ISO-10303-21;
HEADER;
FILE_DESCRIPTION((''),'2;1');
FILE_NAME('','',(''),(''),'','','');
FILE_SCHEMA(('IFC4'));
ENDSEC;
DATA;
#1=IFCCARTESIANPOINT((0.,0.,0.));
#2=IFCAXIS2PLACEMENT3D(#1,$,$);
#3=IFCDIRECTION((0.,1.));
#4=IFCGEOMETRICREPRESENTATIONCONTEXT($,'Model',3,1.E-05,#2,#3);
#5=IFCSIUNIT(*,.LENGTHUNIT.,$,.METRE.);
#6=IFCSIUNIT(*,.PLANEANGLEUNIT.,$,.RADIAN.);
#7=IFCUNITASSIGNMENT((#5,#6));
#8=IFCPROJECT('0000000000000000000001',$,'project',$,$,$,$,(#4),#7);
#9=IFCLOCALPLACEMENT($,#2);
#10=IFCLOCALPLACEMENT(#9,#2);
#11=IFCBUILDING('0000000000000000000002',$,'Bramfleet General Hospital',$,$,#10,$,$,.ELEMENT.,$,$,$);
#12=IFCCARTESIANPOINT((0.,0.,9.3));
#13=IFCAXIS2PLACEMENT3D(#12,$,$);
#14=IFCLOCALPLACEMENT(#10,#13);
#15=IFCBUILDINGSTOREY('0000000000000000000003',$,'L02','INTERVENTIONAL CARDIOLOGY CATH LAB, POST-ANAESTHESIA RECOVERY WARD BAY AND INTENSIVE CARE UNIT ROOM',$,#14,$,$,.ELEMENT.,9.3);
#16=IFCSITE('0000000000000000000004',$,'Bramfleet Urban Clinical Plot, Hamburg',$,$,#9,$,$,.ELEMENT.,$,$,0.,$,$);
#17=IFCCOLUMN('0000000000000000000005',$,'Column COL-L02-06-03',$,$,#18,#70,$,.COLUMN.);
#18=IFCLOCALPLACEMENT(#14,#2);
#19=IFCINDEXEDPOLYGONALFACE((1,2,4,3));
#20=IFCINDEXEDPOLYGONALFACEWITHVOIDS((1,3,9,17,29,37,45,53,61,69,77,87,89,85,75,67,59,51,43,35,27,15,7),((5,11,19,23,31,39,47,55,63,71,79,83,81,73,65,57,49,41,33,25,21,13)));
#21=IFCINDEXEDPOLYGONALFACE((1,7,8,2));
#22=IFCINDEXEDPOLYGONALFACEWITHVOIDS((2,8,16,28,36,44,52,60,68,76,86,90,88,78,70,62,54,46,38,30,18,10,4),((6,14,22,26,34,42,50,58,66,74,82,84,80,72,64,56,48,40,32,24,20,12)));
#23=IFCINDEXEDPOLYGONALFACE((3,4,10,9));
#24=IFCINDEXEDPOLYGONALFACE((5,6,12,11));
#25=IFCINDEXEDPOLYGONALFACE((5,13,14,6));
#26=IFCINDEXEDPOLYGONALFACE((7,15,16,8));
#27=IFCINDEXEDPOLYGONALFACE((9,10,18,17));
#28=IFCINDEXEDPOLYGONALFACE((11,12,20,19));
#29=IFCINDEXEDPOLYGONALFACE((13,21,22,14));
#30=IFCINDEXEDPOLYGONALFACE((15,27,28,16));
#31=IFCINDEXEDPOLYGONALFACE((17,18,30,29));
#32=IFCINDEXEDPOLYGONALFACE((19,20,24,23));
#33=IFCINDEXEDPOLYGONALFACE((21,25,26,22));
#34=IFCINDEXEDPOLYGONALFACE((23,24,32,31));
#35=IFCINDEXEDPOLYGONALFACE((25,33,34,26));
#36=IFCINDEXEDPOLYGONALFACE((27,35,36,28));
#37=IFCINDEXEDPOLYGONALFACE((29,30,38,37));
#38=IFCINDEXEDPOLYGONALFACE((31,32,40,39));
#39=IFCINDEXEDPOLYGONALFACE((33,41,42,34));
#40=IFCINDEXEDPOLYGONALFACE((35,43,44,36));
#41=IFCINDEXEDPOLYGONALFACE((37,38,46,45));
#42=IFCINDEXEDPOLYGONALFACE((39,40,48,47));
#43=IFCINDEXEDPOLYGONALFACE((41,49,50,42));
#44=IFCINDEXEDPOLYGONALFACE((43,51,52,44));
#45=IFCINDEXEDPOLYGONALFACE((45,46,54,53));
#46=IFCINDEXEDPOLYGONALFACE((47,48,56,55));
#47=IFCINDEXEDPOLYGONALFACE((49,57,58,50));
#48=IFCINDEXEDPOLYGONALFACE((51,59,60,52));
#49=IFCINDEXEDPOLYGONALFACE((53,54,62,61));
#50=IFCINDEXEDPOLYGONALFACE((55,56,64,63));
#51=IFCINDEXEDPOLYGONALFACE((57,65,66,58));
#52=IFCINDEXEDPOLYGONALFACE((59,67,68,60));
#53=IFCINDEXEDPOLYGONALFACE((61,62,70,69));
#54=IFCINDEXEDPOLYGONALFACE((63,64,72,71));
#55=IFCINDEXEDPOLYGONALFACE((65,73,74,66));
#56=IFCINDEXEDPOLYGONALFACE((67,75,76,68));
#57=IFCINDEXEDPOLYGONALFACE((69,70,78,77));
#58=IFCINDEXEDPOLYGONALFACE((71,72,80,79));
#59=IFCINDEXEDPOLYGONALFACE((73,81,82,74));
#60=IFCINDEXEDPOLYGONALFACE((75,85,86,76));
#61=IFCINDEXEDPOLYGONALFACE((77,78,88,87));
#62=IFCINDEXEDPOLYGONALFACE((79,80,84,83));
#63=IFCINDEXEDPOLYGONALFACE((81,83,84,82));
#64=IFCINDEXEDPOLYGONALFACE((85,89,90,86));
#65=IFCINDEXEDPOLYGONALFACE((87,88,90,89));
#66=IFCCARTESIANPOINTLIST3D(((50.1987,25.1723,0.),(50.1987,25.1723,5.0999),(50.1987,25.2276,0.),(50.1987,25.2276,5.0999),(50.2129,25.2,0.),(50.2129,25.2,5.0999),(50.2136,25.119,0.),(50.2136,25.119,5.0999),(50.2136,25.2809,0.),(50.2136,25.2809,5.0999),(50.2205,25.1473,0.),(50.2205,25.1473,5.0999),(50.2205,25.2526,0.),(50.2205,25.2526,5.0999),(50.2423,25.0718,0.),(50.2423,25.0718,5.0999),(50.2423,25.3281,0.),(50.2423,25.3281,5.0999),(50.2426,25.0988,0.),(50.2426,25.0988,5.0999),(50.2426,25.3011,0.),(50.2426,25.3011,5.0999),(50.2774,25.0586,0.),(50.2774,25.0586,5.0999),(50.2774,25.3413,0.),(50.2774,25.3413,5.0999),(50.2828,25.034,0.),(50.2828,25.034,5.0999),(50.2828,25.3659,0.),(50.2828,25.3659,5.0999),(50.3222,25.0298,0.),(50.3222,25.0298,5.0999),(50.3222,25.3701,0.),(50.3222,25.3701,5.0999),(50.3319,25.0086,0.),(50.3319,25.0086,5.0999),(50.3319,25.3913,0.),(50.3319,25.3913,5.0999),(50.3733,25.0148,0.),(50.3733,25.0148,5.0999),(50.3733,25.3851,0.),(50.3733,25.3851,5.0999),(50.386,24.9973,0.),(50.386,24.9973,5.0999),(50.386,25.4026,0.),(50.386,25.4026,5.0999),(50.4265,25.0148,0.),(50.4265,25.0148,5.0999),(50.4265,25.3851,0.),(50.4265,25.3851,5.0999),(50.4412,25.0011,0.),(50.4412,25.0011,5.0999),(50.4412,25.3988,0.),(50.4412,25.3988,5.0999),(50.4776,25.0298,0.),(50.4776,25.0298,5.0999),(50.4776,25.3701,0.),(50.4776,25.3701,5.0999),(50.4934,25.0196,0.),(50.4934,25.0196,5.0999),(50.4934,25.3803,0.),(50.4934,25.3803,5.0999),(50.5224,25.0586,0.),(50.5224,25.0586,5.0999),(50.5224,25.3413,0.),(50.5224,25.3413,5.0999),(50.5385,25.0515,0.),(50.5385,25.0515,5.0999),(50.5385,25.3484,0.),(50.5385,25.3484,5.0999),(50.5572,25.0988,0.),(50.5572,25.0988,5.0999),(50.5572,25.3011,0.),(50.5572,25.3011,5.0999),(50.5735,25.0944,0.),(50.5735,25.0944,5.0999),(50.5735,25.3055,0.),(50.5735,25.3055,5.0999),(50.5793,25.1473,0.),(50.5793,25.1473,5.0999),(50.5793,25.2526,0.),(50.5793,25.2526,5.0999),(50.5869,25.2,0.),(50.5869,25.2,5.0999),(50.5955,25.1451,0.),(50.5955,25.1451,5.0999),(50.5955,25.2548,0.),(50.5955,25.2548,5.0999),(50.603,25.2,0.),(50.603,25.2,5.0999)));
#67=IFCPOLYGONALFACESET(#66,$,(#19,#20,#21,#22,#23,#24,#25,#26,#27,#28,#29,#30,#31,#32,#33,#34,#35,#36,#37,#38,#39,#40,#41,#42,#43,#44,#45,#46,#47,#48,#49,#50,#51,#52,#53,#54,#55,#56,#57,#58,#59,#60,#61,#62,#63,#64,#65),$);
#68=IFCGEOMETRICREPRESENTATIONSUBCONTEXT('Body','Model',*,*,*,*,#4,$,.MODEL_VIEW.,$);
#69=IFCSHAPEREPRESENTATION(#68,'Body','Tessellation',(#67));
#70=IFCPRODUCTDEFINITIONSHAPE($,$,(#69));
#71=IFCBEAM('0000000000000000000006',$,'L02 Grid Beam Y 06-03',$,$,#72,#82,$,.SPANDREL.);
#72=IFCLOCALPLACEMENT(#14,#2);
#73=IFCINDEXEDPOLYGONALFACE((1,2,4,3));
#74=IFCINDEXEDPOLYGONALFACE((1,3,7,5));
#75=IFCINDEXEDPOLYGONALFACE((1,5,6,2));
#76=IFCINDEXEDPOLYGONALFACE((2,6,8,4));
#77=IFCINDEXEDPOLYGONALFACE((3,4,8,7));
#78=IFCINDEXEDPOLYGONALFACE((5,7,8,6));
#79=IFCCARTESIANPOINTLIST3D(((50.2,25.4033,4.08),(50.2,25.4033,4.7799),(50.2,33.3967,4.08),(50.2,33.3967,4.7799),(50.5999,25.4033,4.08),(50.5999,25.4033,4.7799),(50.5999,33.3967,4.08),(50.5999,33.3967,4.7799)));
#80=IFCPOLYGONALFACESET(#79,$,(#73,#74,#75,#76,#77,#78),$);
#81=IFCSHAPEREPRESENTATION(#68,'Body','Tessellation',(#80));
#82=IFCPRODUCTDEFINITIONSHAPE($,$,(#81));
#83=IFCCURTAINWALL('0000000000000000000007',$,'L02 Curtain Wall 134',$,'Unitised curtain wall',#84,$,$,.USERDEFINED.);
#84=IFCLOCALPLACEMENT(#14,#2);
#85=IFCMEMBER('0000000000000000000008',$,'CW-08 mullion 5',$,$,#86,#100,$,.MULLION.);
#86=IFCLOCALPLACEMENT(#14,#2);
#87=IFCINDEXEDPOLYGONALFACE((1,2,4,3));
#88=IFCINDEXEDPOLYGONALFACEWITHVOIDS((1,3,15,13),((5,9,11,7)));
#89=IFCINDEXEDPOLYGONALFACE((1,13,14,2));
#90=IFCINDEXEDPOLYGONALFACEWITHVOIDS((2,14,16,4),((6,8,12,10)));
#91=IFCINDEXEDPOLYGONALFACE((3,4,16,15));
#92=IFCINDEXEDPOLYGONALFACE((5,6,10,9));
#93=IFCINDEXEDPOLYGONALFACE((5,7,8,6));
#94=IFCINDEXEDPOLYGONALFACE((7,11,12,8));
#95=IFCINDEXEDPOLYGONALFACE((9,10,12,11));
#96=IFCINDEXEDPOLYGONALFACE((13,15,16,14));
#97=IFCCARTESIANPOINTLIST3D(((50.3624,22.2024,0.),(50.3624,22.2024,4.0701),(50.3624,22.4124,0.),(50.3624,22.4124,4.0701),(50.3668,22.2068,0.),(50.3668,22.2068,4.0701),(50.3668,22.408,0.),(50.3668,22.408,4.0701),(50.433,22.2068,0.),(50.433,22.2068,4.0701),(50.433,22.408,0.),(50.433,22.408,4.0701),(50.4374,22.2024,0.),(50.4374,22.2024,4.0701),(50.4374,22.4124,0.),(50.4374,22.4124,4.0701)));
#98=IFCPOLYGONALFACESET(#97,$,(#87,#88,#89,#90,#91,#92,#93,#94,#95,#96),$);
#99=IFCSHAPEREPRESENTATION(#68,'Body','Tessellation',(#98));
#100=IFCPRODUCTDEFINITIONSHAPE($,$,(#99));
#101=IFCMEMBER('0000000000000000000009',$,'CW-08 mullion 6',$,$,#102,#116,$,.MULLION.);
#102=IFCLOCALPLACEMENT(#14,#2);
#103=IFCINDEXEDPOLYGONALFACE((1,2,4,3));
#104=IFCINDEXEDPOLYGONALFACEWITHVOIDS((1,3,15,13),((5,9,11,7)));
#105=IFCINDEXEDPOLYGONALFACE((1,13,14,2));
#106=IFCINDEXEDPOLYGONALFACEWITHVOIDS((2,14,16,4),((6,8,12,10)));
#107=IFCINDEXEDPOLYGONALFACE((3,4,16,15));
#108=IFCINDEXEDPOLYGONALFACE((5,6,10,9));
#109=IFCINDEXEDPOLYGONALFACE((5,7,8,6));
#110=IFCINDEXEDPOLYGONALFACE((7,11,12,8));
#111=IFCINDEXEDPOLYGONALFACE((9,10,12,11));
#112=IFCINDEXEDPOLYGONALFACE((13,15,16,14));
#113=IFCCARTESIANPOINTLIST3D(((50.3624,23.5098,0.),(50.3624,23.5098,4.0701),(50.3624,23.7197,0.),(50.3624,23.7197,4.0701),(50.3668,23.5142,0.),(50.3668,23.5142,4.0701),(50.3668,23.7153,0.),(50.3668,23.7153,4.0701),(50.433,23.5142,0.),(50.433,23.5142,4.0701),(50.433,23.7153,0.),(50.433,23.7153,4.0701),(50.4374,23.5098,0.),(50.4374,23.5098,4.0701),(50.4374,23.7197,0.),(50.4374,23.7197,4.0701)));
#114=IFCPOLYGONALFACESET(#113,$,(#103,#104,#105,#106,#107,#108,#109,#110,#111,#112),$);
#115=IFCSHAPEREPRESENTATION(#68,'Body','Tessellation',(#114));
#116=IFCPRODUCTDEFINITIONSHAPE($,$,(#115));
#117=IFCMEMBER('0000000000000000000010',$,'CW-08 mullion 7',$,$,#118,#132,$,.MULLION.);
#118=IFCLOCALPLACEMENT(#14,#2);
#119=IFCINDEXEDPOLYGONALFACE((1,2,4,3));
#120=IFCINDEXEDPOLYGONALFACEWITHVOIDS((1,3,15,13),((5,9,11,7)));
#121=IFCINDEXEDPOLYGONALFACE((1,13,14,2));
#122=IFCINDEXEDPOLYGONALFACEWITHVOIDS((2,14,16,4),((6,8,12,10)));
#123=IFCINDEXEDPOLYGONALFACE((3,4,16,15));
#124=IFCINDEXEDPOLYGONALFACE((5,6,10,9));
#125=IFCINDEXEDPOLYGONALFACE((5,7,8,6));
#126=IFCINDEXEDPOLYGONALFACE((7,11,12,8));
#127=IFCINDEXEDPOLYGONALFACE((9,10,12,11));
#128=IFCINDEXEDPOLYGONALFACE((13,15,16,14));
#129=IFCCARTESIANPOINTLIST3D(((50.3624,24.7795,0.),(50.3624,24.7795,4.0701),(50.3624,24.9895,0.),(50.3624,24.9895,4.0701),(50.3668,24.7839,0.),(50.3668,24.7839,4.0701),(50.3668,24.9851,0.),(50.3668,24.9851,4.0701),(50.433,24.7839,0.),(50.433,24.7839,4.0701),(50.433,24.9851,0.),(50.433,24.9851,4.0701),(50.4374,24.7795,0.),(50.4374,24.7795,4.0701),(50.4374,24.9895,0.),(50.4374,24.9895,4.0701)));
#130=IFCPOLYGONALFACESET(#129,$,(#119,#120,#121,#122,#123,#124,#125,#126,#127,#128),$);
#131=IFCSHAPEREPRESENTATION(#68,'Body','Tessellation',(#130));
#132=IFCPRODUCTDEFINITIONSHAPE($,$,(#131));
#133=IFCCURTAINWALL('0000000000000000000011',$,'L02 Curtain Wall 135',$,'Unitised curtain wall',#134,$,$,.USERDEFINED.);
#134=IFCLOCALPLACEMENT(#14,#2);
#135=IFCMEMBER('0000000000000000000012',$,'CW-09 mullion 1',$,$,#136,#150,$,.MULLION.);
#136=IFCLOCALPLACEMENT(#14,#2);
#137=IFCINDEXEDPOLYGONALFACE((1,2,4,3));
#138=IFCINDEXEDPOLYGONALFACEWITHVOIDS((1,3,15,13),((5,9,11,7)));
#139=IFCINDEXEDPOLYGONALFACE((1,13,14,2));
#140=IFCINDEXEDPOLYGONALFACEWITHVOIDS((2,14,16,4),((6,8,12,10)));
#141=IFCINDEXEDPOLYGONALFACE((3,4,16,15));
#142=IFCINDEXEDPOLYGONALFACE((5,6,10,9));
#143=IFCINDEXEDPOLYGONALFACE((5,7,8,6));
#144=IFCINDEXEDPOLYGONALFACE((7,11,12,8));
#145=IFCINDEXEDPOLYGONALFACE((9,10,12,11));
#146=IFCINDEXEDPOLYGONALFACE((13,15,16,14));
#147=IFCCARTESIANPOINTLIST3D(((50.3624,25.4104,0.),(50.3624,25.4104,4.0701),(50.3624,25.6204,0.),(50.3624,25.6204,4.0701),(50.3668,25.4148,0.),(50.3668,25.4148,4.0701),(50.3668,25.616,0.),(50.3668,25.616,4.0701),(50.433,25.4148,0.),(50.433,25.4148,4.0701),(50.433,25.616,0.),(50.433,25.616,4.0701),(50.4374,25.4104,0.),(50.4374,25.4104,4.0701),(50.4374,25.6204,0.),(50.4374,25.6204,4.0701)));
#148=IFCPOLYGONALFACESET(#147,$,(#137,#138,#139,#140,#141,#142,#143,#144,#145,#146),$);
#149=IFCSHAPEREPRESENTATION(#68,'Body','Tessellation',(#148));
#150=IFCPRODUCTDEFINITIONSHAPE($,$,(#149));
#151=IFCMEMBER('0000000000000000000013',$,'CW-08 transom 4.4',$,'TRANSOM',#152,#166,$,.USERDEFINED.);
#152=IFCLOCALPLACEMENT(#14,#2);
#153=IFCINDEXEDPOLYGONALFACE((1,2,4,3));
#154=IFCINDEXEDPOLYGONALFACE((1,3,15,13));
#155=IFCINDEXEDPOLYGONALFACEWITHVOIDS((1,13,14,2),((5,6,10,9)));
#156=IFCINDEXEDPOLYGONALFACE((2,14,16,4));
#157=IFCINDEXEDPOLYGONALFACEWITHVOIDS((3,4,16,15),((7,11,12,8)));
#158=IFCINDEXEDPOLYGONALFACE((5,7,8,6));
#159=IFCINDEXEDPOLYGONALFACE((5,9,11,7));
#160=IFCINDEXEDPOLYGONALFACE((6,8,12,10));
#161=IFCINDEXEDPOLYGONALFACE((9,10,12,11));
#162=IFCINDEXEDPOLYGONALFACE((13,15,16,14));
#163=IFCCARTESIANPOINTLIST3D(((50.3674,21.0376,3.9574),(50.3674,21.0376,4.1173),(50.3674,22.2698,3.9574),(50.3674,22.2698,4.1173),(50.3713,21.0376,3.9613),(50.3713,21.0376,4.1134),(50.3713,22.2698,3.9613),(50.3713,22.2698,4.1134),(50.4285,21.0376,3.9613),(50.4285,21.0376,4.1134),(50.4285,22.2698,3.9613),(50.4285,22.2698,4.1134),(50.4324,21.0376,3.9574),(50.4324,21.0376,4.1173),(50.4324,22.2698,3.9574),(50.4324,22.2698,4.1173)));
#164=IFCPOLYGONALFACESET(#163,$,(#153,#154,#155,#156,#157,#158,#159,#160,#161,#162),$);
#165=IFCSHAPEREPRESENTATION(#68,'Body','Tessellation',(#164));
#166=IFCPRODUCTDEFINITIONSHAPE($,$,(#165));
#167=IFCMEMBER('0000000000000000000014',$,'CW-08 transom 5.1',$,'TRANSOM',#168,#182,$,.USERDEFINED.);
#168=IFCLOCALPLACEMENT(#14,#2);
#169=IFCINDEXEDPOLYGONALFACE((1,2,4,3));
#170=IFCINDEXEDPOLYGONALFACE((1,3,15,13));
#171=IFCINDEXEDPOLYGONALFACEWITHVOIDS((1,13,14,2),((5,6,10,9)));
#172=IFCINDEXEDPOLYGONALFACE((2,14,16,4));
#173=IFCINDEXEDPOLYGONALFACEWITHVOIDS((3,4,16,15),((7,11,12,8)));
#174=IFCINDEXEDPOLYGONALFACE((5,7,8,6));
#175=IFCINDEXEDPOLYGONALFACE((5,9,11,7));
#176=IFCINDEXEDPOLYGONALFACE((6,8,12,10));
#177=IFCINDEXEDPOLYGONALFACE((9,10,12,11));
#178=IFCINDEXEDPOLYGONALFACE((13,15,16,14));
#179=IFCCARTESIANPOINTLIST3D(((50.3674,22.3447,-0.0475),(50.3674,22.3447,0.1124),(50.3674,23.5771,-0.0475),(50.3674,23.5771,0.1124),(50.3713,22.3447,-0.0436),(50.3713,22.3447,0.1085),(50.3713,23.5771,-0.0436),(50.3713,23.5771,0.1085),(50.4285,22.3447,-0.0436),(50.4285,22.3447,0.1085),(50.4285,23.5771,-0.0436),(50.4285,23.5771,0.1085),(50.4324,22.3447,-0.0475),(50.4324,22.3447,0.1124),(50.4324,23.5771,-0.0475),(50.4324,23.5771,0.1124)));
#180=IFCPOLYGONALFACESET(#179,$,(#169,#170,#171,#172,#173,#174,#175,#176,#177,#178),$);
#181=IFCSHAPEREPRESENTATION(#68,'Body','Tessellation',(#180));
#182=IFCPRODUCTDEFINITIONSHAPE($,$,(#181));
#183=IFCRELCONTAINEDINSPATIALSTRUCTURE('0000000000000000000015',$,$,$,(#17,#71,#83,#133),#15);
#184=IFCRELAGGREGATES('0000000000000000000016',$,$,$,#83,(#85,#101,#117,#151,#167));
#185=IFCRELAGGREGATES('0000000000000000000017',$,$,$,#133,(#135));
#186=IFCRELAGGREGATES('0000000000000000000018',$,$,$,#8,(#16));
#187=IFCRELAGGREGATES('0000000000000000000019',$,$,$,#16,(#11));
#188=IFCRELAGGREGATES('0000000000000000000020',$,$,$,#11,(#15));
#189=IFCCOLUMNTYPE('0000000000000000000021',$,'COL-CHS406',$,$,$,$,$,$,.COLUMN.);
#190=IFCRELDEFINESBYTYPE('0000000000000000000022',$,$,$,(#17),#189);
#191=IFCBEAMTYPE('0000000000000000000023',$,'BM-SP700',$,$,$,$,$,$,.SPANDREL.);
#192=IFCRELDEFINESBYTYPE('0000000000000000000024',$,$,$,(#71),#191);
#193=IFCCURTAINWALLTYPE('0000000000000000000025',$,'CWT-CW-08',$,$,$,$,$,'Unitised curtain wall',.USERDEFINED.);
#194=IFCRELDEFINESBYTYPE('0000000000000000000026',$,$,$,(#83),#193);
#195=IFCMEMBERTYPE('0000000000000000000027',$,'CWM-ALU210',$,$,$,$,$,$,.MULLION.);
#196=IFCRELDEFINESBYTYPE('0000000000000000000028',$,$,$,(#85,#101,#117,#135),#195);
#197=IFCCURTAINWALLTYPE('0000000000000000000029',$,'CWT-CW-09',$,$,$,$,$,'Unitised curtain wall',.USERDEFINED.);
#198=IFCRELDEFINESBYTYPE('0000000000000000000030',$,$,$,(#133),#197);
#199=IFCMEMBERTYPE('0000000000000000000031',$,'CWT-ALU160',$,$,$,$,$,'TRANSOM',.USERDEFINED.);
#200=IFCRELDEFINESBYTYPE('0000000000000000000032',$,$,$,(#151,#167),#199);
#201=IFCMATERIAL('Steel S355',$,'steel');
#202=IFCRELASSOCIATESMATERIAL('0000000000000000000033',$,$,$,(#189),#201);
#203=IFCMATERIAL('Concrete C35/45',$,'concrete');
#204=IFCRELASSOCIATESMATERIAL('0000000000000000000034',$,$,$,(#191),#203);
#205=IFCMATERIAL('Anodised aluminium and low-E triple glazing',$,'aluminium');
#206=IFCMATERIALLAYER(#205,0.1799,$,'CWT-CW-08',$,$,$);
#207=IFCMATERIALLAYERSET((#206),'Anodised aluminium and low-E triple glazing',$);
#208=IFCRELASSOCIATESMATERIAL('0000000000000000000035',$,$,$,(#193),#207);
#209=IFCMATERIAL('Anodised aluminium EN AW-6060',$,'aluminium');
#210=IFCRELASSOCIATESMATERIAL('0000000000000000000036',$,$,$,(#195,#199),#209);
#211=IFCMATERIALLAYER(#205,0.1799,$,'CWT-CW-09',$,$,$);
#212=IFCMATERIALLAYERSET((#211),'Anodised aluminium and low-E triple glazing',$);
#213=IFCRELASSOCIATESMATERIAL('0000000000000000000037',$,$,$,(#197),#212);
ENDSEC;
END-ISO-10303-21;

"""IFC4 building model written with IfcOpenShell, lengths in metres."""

from ifc_helpers import new_model, si_unit, direction, frame, origin, origin_2d, place, context, subcontext, project, spatial, rectangle, hollow_rectangle, hollow_circle, extrude, material, layer, layer_set, material_profile, profile_set, type_object, element, aggregate, save


model = new_model("IFC4")

# Units and contexts
model_context = context("Model", 3, precision=1e-05, world=origin(), true_north=direction((0.0, 1.0)))
body_context = subcontext(model_context, "Body", "Model", "MODEL_VIEW")
ifc_project = project(units=[si_unit("LENGTHUNIT", "METRE"), si_unit("PLANEANGLEUNIT", "RADIAN")], contexts=[model_context])

# Site, building, storey
site_placement = place(None, origin())
site = spatial("IfcSite", under=ifc_project, at=site_placement, Name="Bramfleet Urban Clinical Plot, Hamburg", CompositionType="ELEMENT", RefElevation=0.0)
building_placement = place(site_placement, origin())
building = spatial("IfcBuilding", under=site, at=building_placement, Name="Bramfleet General Hospital", CompositionType="ELEMENT")
storey_placement = place(building_placement, frame((0.0, 0.0, 9.3)))
storey = spatial("IfcBuildingStorey", under=building, at=storey_placement, Name="L02", Description="INTERVENTIONAL CARDIOLOGY CATH LAB, POST-ANAESTHESIA RECOVERY WARD BAY AND INTENSIVE CARE UNIT ROOM", CompositionType="ELEMENT", Elevation=9.3)

# Column
ifc_material_1 = material(Name="Steel S355", Category="steel")
ifc_material_profile_1 = material_profile(ifc_material_1, hollow_circle(Radius=0.2031, WallThickness=0.0161, at=origin_2d()), Name="CHS 406.4x16.0")
ifc_profile_set_1 = profile_set([ifc_material_profile_1], Name="Steel S355")
column_type = type_object("IfcColumnType", Name="COL-CHS406", PredefinedType="COLUMN", material=ifc_profile_set_1)
column_placement = place(storey_placement, frame((50.3999, 25.2, 0.0), z_axis=(0.0, 0.0, 1.0), x_axis=(1.0, 0.0, 0.0)))
element("IfcColumn", 1, at=column_placement, inside=storey, type_object=column_type, Name="Column COL-L02-06-03", PredefinedType="COLUMN", context=body_context, shape_type="SweptSolid", body=[
    extrude(hollow_circle(Radius=0.2031, WallThickness=0.0161, at=origin_2d()), origin(), (0.0, 0.0, 1.0), 5.0999),
])

# Beam
ifc_material_2 = material(Name="Concrete C35/45", Category="concrete")
ifc_material_profile_2 = material_profile(ifc_material_2, rectangle(XDim=0.3999, YDim=0.7, at=origin_2d()), Name="RC SP 700x400")
ifc_profile_set_2 = profile_set([ifc_material_profile_2], Name="Concrete C35/45")
beam_type = type_object("IfcBeamType", Name="BM-SP700", PredefinedType="SPANDREL", material=ifc_profile_set_2)
beam_placement = place(storey_placement, frame((50.3999, 25.4033, 4.4299), z_axis=(0.0, 1.0, 0.0), x_axis=(-1.0, 0.0, 0.0)))
element("IfcBeam", 2, at=beam_placement, inside=storey, type_object=beam_type, Name="L02 Grid Beam Y 06-03", PredefinedType="SPANDREL", context=body_context, shape_type="SweptSolid", body=[
    extrude(rectangle(XDim=0.3999, YDim=0.7, at=origin_2d()), origin(), (0.0, 0.0, 1.0), 7.9934),
])

# Curtain wall, members
ifc_material_3 = material(Name="Anodised aluminium and low-E triple glazing", Category="aluminium")
ifc_layer_1 = layer(ifc_material_3, 0.1799, Name="CWT-CW-08")
ifc_layer_set_1 = layer_set([ifc_layer_1], Name="Anodised aluminium and low-E triple glazing")
curtain_wall_type_1 = type_object("IfcCurtainWallType", Name="CWT-CW-08", ElementType="Unitised curtain wall", PredefinedType="USERDEFINED", material=ifc_layer_set_1)
curtain_wall_1_placement = place(storey_placement, origin())
curtain_wall_1 = element("IfcCurtainWall", 3, at=curtain_wall_1_placement, inside=storey, type_object=curtain_wall_type_1, Name="L02 Curtain Wall 134", ObjectType="Unitised curtain wall", PredefinedType="USERDEFINED")
ifc_material_4 = material(Name="Anodised aluminium EN AW-6060", Category="aluminium")
ifc_material_profile_3 = material_profile(ifc_material_4, hollow_rectangle(XDim=0.075, YDim=0.21, WallThickness=0.0044, at=origin_2d()), Name="ALU 210x75x4.5")
ifc_profile_set_3 = profile_set([ifc_material_profile_3], Name="Anodised aluminium EN AW-6060")
member_type_1 = type_object("IfcMemberType", Name="CWM-ALU210", PredefinedType="MULLION", material=ifc_profile_set_3)
member_1_placement = place(storey_placement, frame((50.3999, 22.3074, 0.0), z_axis=(0.0, 0.0, 1.0), x_axis=(-1.0, 0.0, 0.0)))
member_1 = element("IfcMember", 4, at=member_1_placement, type_object=member_type_1, Name="CW-08 mullion 5", PredefinedType="MULLION", context=body_context, shape_type="SweptSolid", body=[
    extrude(hollow_rectangle(XDim=0.075, YDim=0.21, WallThickness=0.0044, at=origin_2d()), origin(), (0.0, 0.0, 1.0), 4.0701),
])
member_2_placement = place(storey_placement, frame((50.3999, 23.6147, 0.0), z_axis=(0.0, 0.0, 1.0), x_axis=(-1.0, 0.0, 0.0)))
member_2 = element("IfcMember", 5, at=member_2_placement, type_object=member_type_1, Name="CW-08 mullion 6", PredefinedType="MULLION", context=body_context, shape_type="SweptSolid", body=[
    extrude(hollow_rectangle(XDim=0.075, YDim=0.21, WallThickness=0.0044, at=origin_2d()), origin(), (0.0, 0.0, 1.0), 4.0701),
])
member_3_placement = place(storey_placement, frame((50.3999, 24.8845, 0.0), z_axis=(0.0, 0.0, 1.0), x_axis=(-1.0, 0.0, 0.0)))
member_3 = element("IfcMember", 6, at=member_3_placement, type_object=member_type_1, Name="CW-08 mullion 7", PredefinedType="MULLION", context=body_context, shape_type="SweptSolid", body=[
    extrude(hollow_rectangle(XDim=0.075, YDim=0.21, WallThickness=0.0044, at=origin_2d()), origin(), (0.0, 0.0, 1.0), 4.0701),
])

# Curtain wall, member
ifc_layer_2 = layer(ifc_material_3, 0.1799, Name="CWT-CW-09")
ifc_layer_set_2 = layer_set([ifc_layer_2], Name="Anodised aluminium and low-E triple glazing")
curtain_wall_type_2 = type_object("IfcCurtainWallType", Name="CWT-CW-09", ElementType="Unitised curtain wall", PredefinedType="USERDEFINED", material=ifc_layer_set_2)
curtain_wall_2_placement = place(storey_placement, origin())
curtain_wall_2 = element("IfcCurtainWall", 7, at=curtain_wall_2_placement, inside=storey, type_object=curtain_wall_type_2, Name="L02 Curtain Wall 135", ObjectType="Unitised curtain wall", PredefinedType="USERDEFINED")
member_4_placement = place(storey_placement, frame((50.3999, 25.5154, 0.0), z_axis=(0.0, 0.0, 1.0), x_axis=(-1.0, 0.0, 0.0)))
member_4 = element("IfcMember", 8, at=member_4_placement, type_object=member_type_1, Name="CW-09 mullion 1", PredefinedType="MULLION", context=body_context, shape_type="SweptSolid", body=[
    extrude(hollow_rectangle(XDim=0.075, YDim=0.21, WallThickness=0.0044, at=origin_2d()), origin(), (0.0, 0.0, 1.0), 4.0701),
])

# Members
ifc_material_profile_4 = material_profile(ifc_material_4, hollow_rectangle(XDim=0.0649, YDim=0.1599, WallThickness=0.0039, at=origin_2d()), Name="ALU 160x65x4.0")
ifc_profile_set_4 = profile_set([ifc_material_profile_4], Name="Anodised aluminium EN AW-6060")
member_type_2 = type_object("IfcMemberType", Name="CWT-ALU160", ElementType="TRANSOM", PredefinedType="USERDEFINED", material=ifc_profile_set_4)
member_5_placement = place(storey_placement, frame((50.3999, 21.0376, 4.0374), z_axis=(0.0, 1.0, 0.0), x_axis=(-1.0, 0.0, 0.0)))
member_5 = element("IfcMember", 9, at=member_5_placement, type_object=member_type_2, Name="CW-08 transom 4.4", ObjectType="TRANSOM", PredefinedType="USERDEFINED", context=body_context, shape_type="SweptSolid", body=[
    extrude(hollow_rectangle(XDim=0.0649, YDim=0.1599, WallThickness=0.0039, at=origin_2d()), origin(), (0.0, 0.0, 1.0), 1.2322),
])
member_6_placement = place(storey_placement, frame((50.3999, 22.3447, 0.0325), z_axis=(0.0, 1.0, 0.0), x_axis=(-1.0, 0.0, 0.0)))
member_6 = element("IfcMember", 10, at=member_6_placement, type_object=member_type_2, Name="CW-08 transom 5.1", ObjectType="TRANSOM", PredefinedType="USERDEFINED", context=body_context, shape_type="SweptSolid", body=[
    extrude(hollow_rectangle(XDim=0.0649, YDim=0.1599, WallThickness=0.0039, at=origin_2d()), origin(), (0.0, 0.0, 1.0), 1.2324),
])

aggregate(curtain_wall_1, [member_1, member_2, member_3, member_5, member_6])
aggregate(curtain_wall_2, [member_4])

save(model, "model.ifc")
